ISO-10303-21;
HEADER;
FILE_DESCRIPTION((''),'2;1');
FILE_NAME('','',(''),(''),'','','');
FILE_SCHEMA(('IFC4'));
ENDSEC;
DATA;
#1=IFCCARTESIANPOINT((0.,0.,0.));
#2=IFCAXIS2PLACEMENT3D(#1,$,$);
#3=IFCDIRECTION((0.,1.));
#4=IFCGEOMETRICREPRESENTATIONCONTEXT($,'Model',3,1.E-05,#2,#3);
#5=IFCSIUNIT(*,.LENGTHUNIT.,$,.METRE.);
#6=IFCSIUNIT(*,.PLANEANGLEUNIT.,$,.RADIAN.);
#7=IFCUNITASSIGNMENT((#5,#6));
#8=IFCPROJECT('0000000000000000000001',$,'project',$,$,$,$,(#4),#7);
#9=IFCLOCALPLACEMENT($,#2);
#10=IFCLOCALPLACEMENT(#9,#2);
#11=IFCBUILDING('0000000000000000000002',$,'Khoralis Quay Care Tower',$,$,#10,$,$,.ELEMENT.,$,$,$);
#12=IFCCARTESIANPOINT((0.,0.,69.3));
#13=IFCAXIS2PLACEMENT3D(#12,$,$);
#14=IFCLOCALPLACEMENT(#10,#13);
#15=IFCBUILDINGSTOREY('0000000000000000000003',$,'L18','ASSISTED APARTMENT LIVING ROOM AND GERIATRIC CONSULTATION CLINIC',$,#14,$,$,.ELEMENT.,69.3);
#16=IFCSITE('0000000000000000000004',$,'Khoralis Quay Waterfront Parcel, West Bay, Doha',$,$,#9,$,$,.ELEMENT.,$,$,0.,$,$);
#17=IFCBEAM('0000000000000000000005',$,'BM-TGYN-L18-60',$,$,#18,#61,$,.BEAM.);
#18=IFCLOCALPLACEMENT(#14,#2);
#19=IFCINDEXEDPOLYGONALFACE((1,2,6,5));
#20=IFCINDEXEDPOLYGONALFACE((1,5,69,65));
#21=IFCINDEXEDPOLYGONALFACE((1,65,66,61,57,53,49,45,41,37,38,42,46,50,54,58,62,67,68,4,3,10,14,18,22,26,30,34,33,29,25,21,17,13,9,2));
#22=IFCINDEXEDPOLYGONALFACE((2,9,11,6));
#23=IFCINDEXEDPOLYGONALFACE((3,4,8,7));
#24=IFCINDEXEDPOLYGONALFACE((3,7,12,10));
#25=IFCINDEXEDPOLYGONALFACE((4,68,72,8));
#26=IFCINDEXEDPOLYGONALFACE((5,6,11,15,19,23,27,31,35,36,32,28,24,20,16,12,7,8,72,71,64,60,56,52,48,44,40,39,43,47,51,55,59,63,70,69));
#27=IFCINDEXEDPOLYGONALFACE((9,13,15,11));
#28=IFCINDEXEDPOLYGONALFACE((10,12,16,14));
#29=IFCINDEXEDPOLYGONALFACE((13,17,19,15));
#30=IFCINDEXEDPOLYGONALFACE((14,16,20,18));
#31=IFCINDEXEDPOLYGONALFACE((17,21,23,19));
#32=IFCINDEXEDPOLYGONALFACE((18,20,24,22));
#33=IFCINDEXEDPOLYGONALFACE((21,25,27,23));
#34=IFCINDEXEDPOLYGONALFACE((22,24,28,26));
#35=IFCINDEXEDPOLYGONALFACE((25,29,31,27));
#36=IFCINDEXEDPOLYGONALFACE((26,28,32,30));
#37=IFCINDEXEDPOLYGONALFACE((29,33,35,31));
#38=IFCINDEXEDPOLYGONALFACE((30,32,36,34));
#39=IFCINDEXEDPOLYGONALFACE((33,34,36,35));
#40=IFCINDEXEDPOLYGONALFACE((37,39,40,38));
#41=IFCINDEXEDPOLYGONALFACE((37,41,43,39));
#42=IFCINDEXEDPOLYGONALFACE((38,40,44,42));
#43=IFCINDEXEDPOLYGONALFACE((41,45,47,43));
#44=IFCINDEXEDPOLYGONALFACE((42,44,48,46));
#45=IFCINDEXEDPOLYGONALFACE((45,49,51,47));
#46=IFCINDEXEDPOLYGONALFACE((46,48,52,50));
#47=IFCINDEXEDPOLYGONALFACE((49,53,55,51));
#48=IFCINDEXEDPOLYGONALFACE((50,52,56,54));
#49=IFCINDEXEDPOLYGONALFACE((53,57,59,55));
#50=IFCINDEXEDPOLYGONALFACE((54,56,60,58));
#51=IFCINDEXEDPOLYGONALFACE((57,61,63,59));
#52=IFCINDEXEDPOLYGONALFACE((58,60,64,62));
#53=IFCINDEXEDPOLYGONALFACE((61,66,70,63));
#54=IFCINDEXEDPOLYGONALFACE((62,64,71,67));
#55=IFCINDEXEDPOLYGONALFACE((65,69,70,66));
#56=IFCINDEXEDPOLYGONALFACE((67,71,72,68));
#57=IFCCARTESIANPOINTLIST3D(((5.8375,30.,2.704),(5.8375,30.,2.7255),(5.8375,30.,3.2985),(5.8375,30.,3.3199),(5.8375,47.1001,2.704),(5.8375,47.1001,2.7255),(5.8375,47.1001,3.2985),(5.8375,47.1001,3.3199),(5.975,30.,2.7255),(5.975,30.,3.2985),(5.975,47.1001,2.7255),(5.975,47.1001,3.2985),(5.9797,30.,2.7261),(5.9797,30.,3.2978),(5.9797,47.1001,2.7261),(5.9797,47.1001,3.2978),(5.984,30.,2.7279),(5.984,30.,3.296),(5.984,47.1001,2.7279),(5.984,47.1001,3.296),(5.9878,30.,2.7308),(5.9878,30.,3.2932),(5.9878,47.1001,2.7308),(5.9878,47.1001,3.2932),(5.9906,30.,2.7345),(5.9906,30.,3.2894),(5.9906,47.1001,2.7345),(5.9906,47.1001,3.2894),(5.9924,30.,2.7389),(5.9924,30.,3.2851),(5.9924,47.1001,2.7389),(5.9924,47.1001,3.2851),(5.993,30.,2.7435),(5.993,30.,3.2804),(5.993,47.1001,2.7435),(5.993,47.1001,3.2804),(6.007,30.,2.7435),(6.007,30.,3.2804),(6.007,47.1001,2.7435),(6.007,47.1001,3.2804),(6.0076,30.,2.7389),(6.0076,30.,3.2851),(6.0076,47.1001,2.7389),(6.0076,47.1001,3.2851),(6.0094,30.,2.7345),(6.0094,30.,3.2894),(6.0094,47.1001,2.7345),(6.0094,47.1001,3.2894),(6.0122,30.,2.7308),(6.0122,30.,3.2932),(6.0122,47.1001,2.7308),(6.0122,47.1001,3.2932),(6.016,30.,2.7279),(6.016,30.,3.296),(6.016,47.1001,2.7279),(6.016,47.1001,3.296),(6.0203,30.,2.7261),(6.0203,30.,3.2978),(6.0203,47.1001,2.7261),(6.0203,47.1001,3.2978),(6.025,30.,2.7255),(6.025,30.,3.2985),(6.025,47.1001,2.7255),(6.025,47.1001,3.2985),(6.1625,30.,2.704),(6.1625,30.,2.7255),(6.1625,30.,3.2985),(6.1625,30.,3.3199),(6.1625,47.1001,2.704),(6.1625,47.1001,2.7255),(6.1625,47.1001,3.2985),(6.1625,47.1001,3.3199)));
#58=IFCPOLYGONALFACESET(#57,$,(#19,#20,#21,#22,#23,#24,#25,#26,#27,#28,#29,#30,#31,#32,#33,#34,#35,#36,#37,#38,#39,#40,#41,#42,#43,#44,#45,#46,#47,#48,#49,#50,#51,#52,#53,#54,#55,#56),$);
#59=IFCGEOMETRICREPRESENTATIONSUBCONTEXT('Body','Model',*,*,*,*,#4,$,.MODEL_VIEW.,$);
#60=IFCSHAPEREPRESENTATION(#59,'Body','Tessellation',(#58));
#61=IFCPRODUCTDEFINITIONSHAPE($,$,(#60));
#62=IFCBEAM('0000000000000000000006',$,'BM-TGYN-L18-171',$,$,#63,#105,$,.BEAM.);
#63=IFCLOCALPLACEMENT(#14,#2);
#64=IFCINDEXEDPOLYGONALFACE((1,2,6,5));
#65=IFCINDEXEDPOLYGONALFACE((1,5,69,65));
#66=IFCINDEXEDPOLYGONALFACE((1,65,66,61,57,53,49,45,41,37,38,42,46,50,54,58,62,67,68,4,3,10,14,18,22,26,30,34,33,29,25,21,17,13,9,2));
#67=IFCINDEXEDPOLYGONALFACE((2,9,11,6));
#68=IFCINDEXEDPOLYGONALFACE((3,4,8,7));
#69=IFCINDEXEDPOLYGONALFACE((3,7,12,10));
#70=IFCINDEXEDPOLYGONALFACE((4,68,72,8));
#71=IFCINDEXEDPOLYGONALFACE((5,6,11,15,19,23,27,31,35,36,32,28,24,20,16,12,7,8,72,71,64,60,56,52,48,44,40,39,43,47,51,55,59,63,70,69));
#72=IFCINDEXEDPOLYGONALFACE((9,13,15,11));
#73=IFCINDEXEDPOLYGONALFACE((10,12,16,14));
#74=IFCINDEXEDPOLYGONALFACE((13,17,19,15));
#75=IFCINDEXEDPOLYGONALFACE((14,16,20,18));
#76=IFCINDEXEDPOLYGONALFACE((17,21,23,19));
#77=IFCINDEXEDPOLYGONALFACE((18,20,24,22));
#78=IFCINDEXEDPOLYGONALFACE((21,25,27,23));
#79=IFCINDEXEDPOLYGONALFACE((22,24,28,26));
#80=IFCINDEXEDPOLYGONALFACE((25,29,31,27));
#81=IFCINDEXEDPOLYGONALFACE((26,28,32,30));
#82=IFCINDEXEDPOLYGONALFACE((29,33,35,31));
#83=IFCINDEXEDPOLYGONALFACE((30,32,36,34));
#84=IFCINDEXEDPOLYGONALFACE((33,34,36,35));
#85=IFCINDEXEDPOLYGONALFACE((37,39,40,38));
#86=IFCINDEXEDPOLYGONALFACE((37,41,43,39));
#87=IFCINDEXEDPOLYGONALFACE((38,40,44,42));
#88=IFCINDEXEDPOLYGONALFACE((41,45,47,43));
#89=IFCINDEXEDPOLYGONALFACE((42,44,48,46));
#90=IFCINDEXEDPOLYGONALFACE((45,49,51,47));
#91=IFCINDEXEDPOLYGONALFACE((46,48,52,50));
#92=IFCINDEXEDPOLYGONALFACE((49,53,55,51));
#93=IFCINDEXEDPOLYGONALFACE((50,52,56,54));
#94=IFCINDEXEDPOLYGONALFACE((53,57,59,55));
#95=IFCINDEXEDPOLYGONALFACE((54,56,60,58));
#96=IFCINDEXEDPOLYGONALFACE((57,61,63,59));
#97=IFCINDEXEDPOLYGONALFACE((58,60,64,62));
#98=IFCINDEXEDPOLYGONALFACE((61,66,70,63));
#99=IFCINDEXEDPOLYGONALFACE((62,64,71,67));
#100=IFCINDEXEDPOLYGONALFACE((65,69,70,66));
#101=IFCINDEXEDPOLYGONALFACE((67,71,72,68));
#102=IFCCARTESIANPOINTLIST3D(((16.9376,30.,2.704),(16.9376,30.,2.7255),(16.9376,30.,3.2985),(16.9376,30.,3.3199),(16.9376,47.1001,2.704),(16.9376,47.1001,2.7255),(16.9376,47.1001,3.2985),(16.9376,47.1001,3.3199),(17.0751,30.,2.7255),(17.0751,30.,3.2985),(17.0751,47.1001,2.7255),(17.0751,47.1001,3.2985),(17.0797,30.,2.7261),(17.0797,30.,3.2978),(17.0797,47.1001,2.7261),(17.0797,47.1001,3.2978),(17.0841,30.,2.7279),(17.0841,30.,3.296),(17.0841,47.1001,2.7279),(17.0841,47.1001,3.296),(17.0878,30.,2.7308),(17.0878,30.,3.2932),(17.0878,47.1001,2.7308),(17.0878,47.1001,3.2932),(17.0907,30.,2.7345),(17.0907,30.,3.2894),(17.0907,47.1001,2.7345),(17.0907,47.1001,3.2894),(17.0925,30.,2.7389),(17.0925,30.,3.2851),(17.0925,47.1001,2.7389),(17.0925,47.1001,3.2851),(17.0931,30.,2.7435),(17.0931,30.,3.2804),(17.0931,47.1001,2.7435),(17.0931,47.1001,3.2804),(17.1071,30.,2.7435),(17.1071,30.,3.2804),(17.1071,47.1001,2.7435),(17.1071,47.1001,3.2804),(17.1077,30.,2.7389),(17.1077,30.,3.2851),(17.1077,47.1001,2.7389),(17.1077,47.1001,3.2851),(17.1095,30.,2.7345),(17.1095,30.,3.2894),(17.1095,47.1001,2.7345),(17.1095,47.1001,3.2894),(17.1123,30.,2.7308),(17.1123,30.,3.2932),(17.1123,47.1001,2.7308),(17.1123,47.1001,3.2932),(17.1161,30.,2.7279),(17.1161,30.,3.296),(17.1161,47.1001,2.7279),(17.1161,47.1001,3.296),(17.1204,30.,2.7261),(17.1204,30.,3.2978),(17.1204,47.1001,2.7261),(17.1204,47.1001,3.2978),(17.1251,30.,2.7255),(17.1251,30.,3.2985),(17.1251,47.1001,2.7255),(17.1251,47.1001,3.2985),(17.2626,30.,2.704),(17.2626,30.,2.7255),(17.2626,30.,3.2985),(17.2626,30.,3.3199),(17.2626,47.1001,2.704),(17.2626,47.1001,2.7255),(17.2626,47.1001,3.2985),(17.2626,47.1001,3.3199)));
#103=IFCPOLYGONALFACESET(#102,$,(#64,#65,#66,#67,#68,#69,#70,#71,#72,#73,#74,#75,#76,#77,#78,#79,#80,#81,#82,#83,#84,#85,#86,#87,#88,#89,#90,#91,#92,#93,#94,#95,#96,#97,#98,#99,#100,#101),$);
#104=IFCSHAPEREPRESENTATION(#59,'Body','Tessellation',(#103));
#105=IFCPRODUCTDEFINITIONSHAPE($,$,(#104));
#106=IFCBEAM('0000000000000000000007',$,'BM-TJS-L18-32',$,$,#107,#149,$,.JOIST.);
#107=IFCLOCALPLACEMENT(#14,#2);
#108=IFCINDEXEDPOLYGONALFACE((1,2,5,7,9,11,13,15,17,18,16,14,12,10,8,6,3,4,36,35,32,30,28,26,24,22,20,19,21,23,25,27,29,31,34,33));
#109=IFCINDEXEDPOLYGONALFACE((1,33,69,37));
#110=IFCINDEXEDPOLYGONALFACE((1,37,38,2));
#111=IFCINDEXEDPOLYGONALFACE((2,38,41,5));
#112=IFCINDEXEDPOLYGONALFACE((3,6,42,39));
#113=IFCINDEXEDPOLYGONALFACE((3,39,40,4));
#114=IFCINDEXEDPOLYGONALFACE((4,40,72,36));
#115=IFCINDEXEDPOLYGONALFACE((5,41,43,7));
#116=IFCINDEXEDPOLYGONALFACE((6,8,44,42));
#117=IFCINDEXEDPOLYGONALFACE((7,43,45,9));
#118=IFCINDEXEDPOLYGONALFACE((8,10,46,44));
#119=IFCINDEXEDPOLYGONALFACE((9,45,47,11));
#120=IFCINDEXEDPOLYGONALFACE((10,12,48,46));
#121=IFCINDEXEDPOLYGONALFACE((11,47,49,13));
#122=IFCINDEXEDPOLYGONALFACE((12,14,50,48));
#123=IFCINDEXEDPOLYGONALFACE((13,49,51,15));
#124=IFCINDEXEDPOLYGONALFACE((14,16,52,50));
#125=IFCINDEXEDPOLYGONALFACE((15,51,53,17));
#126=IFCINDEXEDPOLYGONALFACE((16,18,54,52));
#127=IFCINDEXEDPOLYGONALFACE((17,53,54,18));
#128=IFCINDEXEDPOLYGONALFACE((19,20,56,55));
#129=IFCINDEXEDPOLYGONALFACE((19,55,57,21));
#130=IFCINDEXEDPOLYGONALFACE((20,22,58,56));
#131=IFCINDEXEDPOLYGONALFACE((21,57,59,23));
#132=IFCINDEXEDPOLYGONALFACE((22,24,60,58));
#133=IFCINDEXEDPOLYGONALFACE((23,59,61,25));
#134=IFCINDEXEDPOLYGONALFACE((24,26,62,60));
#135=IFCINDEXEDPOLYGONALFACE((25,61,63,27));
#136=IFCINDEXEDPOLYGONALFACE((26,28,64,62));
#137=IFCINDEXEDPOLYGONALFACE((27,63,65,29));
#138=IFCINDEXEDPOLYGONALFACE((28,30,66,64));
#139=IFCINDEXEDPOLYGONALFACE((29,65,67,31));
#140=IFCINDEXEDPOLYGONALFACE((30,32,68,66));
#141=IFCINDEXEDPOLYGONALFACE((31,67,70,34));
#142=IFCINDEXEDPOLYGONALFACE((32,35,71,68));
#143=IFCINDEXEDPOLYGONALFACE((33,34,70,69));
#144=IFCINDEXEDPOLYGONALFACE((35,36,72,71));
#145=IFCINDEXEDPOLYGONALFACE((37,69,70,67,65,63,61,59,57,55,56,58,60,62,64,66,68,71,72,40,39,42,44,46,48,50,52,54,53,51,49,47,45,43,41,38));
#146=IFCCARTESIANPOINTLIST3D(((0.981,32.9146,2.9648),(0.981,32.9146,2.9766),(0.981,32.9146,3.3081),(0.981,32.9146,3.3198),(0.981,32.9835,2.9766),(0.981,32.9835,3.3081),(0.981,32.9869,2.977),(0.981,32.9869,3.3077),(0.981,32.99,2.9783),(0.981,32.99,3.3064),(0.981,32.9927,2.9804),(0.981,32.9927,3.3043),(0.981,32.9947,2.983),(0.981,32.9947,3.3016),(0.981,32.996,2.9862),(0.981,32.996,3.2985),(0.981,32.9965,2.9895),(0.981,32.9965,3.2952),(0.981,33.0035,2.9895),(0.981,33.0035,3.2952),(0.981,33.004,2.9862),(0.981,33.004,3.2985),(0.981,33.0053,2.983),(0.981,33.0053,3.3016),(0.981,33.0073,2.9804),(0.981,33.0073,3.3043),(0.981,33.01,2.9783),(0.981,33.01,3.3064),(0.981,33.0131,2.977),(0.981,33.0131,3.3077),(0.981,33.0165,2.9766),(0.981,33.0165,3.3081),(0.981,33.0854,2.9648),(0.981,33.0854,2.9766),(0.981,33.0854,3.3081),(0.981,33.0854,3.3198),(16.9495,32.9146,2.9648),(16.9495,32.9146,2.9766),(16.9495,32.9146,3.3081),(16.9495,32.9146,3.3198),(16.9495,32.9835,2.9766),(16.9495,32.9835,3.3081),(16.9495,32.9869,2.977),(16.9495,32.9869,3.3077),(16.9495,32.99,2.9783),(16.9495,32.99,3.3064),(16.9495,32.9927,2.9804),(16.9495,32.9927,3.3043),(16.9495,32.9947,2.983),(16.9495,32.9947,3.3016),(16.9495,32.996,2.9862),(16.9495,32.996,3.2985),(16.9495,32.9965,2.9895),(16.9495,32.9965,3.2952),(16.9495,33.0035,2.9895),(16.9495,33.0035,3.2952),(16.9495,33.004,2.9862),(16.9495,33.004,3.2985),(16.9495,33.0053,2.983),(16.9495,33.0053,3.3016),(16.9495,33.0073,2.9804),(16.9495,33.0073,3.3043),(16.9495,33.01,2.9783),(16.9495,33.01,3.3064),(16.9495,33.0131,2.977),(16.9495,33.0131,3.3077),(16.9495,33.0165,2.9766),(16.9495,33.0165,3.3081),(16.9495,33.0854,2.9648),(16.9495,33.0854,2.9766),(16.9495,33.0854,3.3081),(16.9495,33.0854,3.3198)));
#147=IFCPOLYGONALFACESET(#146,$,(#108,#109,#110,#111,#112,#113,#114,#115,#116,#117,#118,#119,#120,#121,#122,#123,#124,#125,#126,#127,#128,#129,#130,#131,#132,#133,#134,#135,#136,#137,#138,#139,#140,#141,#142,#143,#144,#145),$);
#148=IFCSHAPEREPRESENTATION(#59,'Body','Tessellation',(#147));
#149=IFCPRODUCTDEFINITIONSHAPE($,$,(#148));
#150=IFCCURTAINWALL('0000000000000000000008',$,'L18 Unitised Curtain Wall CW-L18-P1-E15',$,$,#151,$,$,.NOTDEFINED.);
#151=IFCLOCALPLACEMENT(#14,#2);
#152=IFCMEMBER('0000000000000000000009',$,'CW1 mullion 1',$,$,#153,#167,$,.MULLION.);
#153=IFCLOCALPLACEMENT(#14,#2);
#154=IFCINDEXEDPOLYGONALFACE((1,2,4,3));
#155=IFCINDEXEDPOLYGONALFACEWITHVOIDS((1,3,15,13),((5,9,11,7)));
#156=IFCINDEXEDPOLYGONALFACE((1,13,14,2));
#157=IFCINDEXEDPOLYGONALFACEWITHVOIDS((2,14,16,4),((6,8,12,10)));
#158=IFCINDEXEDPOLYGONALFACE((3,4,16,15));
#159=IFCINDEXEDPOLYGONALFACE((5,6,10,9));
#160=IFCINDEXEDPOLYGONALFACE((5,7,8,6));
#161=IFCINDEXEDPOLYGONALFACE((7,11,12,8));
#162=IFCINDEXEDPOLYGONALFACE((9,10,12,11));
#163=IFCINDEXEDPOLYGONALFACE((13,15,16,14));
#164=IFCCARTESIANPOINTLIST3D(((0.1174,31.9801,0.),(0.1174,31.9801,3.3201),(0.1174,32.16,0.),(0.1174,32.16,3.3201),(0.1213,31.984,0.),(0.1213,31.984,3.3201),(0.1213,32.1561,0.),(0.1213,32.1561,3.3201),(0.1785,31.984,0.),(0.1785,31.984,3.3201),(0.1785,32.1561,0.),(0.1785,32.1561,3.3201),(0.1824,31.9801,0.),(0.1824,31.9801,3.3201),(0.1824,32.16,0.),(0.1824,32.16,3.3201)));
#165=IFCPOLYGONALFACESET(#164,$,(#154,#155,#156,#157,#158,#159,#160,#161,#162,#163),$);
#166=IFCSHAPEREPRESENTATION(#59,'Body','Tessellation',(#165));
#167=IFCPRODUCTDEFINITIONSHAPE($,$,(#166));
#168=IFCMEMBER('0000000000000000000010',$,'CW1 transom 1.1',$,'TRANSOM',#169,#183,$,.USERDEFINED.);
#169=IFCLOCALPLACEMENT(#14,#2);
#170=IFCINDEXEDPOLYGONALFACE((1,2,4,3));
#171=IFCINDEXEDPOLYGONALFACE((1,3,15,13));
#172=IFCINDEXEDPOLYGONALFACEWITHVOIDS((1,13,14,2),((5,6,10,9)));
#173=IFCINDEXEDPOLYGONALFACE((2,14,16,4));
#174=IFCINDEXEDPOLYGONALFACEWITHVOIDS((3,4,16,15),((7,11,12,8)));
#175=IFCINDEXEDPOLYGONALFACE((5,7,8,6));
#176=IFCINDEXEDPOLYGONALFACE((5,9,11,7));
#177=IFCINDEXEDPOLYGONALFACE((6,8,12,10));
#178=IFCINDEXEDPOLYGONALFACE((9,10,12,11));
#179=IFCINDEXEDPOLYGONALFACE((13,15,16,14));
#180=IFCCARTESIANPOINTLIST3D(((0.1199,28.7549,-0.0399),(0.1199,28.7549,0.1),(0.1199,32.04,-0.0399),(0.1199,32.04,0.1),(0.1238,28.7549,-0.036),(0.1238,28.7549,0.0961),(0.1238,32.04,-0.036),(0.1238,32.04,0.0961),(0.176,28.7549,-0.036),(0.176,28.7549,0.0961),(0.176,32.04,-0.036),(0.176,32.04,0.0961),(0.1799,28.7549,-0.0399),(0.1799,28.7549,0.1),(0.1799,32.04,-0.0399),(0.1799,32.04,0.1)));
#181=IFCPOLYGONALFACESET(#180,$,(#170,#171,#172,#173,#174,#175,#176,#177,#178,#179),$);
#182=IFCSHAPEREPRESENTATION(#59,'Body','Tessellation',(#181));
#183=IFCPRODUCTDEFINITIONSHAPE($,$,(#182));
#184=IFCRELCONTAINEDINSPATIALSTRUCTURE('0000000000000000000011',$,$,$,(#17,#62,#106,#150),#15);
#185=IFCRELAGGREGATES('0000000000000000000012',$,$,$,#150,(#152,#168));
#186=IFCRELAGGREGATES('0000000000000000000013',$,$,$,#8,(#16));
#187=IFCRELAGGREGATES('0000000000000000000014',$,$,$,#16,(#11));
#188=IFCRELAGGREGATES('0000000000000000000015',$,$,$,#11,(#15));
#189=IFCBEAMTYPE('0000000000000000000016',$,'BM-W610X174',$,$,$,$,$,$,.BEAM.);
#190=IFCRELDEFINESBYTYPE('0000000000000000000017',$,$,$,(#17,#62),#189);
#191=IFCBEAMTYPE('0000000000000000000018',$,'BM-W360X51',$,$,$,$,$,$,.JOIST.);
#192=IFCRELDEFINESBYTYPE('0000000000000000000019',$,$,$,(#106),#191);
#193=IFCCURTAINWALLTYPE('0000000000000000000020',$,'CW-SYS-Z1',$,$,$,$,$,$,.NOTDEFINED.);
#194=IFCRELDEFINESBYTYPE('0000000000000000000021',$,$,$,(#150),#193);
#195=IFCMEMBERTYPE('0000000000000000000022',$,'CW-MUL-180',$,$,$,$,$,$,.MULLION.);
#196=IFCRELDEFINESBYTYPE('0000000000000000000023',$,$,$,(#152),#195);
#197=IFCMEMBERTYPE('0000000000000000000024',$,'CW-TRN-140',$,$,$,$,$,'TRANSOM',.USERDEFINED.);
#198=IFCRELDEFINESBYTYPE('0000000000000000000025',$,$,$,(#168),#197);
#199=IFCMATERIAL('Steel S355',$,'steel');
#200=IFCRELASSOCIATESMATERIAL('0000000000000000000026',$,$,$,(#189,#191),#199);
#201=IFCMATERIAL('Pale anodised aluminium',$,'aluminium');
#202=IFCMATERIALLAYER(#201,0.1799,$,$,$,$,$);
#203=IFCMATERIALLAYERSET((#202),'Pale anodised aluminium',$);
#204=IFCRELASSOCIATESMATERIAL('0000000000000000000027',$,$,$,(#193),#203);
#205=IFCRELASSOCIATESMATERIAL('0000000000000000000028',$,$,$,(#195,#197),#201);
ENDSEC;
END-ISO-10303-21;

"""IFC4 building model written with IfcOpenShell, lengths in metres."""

from ifc_helpers import new_model, si_unit, direction, frame, origin, origin_2d, place, context, subcontext, project, spatial, hollow_rectangle, i_section, extrude, source, transform, mapped, material, layer, layer_set, material_profile, profile_set, type_object, element, aggregate, save


model = new_model("IFC4")

# Units and contexts
model_context = context("Model", 3, precision=1e-05, world=origin(), true_north=direction((0.0, 1.0)))
body_context = subcontext(model_context, "Body", "Model", "MODEL_VIEW")
ifc_project = project(units=[si_unit("LENGTHUNIT", "METRE"), si_unit("PLANEANGLEUNIT", "RADIAN")], contexts=[model_context])

# Site, building, storey
site_placement = place(None, origin())
site = spatial("IfcSite", under=ifc_project, at=site_placement, Name="Khoralis Quay Waterfront Parcel, West Bay, Doha", CompositionType="ELEMENT", RefElevation=0.0)
building_placement = place(site_placement, origin())
building = spatial("IfcBuilding", under=site, at=building_placement, Name="Khoralis Quay Care Tower", CompositionType="ELEMENT")
storey_placement = place(building_placement, frame((0.0, 0.0, 69.3)))
storey = spatial("IfcBuildingStorey", under=building, at=storey_placement, Name="L18", Description="ASSISTED APARTMENT LIVING ROOM AND GERIATRIC CONSULTATION CLINIC", CompositionType="ELEMENT", Elevation=69.3)

# Beams
ifc_material_1 = material(Name="Steel S355", Category="steel")
ifc_material_profile_1 = material_profile(ifc_material_1, i_section(OverallWidth=0.325, OverallDepth=0.616, WebThickness=0.0139, FlangeThickness=0.0215, FilletRadius=0.0181, at=origin_2d()), Name="Steel S355")
ifc_profile_set_1 = profile_set([ifc_material_profile_1], Name="Steel S355")
beam_type_1 = type_object("IfcBeamType", Name="BM-W610X174", PredefinedType="BEAM", material=ifc_profile_set_1)
shared_shape_1 = source(origin(), body_context, "Body", "SweptSolid", [
    extrude(i_section(OverallWidth=0.325, OverallDepth=0.616, WebThickness=0.0139, FlangeThickness=0.0215, FilletRadius=0.0181, at=origin_2d()), origin(), (0.0, 0.0, 1.0), 17.1001),
])
for number, where, z_axis, x_axis, name in (
    (1, (6.0, 30.0, 3.012), (0.0, 1.0, 0.0), (-1.0, 0.0, 0.0), "BM-TGYN-L18-60"),
    (2, (17.1001, 30.0, 3.012), (0.0, 1.0, 0.0), (-1.0, 0.0, 0.0), "BM-TGYN-L18-171"),
):
    element("IfcBeam", number, at=place(storey_placement, frame(where, z_axis=z_axis, x_axis=x_axis)), inside=storey, type_object=beam_type_1, Name=name, PredefinedType="BEAM", context=body_context, shape_type="MappedRepresentation", body=[
        mapped(shared_shape_1, transform((0.0, 0.0, 0.0), scale=1.0)),
    ])
ifc_material_profile_2 = material_profile(ifc_material_1, i_section(OverallWidth=0.1709, OverallDepth=0.355, WebThickness=0.0071, FlangeThickness=0.0117, FilletRadius=0.0129, at=origin_2d()), Name="Steel S355")
ifc_profile_set_2 = profile_set([ifc_material_profile_2], Name="Steel S355")
beam_type_2 = type_object("IfcBeamType", Name="BM-W360X51", PredefinedType="JOIST", material=ifc_profile_set_2)
shared_shape_2 = source(origin(), body_context, "Body", "SweptSolid", [
    extrude(i_section(OverallWidth=0.1709, OverallDepth=0.355, WebThickness=0.0071, FlangeThickness=0.0117, FilletRadius=0.0129, at=origin_2d()), origin(), (0.0, 0.0, 1.0), 15.9685),
])
beam_1_placement = place(storey_placement, frame((0.981, 33.0, 3.1423), z_axis=(1.0, 0.0, 0.0), x_axis=(0.0, 1.0, 0.0)))
element("IfcBeam", 3, at=beam_1_placement, inside=storey, type_object=beam_type_2, Name="BM-TJS-L18-32", PredefinedType="JOIST", context=body_context, shape_type="MappedRepresentation", body=[
    mapped(shared_shape_2, transform((0.0, 0.0, 0.0), scale=1.0)),
])

# Curtain wall, members
ifc_material_2 = material(Name="Pale anodised aluminium", Category="aluminium")
ifc_layer_1 = layer(ifc_material_2, 0.1799)
ifc_layer_set_1 = layer_set([ifc_layer_1], Name="Pale anodised aluminium")
curtain_wall_type = type_object("IfcCurtainWallType", Name="CW-SYS-Z1", PredefinedType="NOTDEFINED", material=ifc_layer_set_1)
curtain_wall_placement = place(storey_placement, origin())
curtain_wall = element("IfcCurtainWall", 4, at=curtain_wall_placement, inside=storey, type_object=curtain_wall_type, Name="L18 Unitised Curtain Wall CW-L18-P1-E15", PredefinedType="NOTDEFINED")
ifc_material_profile_3 = material_profile(ifc_material_2, hollow_rectangle(XDim=0.0649, YDim=0.1799, WallThickness=0.0039, at=origin_2d()), Name="Pale anodised aluminium")
ifc_profile_set_3 = profile_set([ifc_material_profile_3], Name="Pale anodised aluminium")
member_type_1 = type_object("IfcMemberType", Name="CW-MUL-180", PredefinedType="MULLION", material=ifc_profile_set_3)
shared_shape_3 = source(origin(), body_context, "Body", "SweptSolid", [
    extrude(hollow_rectangle(XDim=0.0649, YDim=0.1799, WallThickness=0.0039, at=origin_2d()), origin(), (0.0, 0.0, 1.0), 3.3201),
])
member_1_placement = place(storey_placement, frame((0.1499, 32.0701, 0.0), z_axis=(0.0, 0.0, 1.0), x_axis=(1.0, 0.0, 0.0)))
member_1 = element("IfcMember", 5, at=member_1_placement, type_object=member_type_1, Name="CW1 mullion 1", PredefinedType="MULLION", context=body_context, shape_type="MappedRepresentation", body=[
    mapped(shared_shape_3, transform((0.0, 0.0, 0.0), scale=1.0)),
])
ifc_material_profile_4 = material_profile(ifc_material_2, hollow_rectangle(XDim=0.0601, YDim=0.1399, WallThickness=0.0039, at=origin_2d()), Name="Pale anodised aluminium")
ifc_profile_set_4 = profile_set([ifc_material_profile_4], Name="Pale anodised aluminium")
member_type_2 = type_object("IfcMemberType", Name="CW-TRN-140", ElementType="TRANSOM", PredefinedType="USERDEFINED", material=ifc_profile_set_4)
shared_shape_4 = source(origin(), body_context, "Body", "SweptSolid", [
    extrude(hollow_rectangle(XDim=0.0601, YDim=0.1399, WallThickness=0.0039, at=origin_2d()), origin(), (0.0, 0.0, 1.0), 3.2852),
])
member_2_placement = place(storey_placement, frame((0.1499, 32.04, 0.03), z_axis=(0.0, -1.0, 0.0), x_axis=(1.0, 0.0, 0.0)))
member_2 = element("IfcMember", 6, at=member_2_placement, type_object=member_type_2, Name="CW1 transom 1.1", ObjectType="TRANSOM", PredefinedType="USERDEFINED", context=body_context, shape_type="MappedRepresentation", body=[
    mapped(shared_shape_4, transform((0.0, 0.0, 0.0), scale=1.0)),
])
aggregate(curtain_wall, [member_1, member_2])

save(model, "model.ifc")
